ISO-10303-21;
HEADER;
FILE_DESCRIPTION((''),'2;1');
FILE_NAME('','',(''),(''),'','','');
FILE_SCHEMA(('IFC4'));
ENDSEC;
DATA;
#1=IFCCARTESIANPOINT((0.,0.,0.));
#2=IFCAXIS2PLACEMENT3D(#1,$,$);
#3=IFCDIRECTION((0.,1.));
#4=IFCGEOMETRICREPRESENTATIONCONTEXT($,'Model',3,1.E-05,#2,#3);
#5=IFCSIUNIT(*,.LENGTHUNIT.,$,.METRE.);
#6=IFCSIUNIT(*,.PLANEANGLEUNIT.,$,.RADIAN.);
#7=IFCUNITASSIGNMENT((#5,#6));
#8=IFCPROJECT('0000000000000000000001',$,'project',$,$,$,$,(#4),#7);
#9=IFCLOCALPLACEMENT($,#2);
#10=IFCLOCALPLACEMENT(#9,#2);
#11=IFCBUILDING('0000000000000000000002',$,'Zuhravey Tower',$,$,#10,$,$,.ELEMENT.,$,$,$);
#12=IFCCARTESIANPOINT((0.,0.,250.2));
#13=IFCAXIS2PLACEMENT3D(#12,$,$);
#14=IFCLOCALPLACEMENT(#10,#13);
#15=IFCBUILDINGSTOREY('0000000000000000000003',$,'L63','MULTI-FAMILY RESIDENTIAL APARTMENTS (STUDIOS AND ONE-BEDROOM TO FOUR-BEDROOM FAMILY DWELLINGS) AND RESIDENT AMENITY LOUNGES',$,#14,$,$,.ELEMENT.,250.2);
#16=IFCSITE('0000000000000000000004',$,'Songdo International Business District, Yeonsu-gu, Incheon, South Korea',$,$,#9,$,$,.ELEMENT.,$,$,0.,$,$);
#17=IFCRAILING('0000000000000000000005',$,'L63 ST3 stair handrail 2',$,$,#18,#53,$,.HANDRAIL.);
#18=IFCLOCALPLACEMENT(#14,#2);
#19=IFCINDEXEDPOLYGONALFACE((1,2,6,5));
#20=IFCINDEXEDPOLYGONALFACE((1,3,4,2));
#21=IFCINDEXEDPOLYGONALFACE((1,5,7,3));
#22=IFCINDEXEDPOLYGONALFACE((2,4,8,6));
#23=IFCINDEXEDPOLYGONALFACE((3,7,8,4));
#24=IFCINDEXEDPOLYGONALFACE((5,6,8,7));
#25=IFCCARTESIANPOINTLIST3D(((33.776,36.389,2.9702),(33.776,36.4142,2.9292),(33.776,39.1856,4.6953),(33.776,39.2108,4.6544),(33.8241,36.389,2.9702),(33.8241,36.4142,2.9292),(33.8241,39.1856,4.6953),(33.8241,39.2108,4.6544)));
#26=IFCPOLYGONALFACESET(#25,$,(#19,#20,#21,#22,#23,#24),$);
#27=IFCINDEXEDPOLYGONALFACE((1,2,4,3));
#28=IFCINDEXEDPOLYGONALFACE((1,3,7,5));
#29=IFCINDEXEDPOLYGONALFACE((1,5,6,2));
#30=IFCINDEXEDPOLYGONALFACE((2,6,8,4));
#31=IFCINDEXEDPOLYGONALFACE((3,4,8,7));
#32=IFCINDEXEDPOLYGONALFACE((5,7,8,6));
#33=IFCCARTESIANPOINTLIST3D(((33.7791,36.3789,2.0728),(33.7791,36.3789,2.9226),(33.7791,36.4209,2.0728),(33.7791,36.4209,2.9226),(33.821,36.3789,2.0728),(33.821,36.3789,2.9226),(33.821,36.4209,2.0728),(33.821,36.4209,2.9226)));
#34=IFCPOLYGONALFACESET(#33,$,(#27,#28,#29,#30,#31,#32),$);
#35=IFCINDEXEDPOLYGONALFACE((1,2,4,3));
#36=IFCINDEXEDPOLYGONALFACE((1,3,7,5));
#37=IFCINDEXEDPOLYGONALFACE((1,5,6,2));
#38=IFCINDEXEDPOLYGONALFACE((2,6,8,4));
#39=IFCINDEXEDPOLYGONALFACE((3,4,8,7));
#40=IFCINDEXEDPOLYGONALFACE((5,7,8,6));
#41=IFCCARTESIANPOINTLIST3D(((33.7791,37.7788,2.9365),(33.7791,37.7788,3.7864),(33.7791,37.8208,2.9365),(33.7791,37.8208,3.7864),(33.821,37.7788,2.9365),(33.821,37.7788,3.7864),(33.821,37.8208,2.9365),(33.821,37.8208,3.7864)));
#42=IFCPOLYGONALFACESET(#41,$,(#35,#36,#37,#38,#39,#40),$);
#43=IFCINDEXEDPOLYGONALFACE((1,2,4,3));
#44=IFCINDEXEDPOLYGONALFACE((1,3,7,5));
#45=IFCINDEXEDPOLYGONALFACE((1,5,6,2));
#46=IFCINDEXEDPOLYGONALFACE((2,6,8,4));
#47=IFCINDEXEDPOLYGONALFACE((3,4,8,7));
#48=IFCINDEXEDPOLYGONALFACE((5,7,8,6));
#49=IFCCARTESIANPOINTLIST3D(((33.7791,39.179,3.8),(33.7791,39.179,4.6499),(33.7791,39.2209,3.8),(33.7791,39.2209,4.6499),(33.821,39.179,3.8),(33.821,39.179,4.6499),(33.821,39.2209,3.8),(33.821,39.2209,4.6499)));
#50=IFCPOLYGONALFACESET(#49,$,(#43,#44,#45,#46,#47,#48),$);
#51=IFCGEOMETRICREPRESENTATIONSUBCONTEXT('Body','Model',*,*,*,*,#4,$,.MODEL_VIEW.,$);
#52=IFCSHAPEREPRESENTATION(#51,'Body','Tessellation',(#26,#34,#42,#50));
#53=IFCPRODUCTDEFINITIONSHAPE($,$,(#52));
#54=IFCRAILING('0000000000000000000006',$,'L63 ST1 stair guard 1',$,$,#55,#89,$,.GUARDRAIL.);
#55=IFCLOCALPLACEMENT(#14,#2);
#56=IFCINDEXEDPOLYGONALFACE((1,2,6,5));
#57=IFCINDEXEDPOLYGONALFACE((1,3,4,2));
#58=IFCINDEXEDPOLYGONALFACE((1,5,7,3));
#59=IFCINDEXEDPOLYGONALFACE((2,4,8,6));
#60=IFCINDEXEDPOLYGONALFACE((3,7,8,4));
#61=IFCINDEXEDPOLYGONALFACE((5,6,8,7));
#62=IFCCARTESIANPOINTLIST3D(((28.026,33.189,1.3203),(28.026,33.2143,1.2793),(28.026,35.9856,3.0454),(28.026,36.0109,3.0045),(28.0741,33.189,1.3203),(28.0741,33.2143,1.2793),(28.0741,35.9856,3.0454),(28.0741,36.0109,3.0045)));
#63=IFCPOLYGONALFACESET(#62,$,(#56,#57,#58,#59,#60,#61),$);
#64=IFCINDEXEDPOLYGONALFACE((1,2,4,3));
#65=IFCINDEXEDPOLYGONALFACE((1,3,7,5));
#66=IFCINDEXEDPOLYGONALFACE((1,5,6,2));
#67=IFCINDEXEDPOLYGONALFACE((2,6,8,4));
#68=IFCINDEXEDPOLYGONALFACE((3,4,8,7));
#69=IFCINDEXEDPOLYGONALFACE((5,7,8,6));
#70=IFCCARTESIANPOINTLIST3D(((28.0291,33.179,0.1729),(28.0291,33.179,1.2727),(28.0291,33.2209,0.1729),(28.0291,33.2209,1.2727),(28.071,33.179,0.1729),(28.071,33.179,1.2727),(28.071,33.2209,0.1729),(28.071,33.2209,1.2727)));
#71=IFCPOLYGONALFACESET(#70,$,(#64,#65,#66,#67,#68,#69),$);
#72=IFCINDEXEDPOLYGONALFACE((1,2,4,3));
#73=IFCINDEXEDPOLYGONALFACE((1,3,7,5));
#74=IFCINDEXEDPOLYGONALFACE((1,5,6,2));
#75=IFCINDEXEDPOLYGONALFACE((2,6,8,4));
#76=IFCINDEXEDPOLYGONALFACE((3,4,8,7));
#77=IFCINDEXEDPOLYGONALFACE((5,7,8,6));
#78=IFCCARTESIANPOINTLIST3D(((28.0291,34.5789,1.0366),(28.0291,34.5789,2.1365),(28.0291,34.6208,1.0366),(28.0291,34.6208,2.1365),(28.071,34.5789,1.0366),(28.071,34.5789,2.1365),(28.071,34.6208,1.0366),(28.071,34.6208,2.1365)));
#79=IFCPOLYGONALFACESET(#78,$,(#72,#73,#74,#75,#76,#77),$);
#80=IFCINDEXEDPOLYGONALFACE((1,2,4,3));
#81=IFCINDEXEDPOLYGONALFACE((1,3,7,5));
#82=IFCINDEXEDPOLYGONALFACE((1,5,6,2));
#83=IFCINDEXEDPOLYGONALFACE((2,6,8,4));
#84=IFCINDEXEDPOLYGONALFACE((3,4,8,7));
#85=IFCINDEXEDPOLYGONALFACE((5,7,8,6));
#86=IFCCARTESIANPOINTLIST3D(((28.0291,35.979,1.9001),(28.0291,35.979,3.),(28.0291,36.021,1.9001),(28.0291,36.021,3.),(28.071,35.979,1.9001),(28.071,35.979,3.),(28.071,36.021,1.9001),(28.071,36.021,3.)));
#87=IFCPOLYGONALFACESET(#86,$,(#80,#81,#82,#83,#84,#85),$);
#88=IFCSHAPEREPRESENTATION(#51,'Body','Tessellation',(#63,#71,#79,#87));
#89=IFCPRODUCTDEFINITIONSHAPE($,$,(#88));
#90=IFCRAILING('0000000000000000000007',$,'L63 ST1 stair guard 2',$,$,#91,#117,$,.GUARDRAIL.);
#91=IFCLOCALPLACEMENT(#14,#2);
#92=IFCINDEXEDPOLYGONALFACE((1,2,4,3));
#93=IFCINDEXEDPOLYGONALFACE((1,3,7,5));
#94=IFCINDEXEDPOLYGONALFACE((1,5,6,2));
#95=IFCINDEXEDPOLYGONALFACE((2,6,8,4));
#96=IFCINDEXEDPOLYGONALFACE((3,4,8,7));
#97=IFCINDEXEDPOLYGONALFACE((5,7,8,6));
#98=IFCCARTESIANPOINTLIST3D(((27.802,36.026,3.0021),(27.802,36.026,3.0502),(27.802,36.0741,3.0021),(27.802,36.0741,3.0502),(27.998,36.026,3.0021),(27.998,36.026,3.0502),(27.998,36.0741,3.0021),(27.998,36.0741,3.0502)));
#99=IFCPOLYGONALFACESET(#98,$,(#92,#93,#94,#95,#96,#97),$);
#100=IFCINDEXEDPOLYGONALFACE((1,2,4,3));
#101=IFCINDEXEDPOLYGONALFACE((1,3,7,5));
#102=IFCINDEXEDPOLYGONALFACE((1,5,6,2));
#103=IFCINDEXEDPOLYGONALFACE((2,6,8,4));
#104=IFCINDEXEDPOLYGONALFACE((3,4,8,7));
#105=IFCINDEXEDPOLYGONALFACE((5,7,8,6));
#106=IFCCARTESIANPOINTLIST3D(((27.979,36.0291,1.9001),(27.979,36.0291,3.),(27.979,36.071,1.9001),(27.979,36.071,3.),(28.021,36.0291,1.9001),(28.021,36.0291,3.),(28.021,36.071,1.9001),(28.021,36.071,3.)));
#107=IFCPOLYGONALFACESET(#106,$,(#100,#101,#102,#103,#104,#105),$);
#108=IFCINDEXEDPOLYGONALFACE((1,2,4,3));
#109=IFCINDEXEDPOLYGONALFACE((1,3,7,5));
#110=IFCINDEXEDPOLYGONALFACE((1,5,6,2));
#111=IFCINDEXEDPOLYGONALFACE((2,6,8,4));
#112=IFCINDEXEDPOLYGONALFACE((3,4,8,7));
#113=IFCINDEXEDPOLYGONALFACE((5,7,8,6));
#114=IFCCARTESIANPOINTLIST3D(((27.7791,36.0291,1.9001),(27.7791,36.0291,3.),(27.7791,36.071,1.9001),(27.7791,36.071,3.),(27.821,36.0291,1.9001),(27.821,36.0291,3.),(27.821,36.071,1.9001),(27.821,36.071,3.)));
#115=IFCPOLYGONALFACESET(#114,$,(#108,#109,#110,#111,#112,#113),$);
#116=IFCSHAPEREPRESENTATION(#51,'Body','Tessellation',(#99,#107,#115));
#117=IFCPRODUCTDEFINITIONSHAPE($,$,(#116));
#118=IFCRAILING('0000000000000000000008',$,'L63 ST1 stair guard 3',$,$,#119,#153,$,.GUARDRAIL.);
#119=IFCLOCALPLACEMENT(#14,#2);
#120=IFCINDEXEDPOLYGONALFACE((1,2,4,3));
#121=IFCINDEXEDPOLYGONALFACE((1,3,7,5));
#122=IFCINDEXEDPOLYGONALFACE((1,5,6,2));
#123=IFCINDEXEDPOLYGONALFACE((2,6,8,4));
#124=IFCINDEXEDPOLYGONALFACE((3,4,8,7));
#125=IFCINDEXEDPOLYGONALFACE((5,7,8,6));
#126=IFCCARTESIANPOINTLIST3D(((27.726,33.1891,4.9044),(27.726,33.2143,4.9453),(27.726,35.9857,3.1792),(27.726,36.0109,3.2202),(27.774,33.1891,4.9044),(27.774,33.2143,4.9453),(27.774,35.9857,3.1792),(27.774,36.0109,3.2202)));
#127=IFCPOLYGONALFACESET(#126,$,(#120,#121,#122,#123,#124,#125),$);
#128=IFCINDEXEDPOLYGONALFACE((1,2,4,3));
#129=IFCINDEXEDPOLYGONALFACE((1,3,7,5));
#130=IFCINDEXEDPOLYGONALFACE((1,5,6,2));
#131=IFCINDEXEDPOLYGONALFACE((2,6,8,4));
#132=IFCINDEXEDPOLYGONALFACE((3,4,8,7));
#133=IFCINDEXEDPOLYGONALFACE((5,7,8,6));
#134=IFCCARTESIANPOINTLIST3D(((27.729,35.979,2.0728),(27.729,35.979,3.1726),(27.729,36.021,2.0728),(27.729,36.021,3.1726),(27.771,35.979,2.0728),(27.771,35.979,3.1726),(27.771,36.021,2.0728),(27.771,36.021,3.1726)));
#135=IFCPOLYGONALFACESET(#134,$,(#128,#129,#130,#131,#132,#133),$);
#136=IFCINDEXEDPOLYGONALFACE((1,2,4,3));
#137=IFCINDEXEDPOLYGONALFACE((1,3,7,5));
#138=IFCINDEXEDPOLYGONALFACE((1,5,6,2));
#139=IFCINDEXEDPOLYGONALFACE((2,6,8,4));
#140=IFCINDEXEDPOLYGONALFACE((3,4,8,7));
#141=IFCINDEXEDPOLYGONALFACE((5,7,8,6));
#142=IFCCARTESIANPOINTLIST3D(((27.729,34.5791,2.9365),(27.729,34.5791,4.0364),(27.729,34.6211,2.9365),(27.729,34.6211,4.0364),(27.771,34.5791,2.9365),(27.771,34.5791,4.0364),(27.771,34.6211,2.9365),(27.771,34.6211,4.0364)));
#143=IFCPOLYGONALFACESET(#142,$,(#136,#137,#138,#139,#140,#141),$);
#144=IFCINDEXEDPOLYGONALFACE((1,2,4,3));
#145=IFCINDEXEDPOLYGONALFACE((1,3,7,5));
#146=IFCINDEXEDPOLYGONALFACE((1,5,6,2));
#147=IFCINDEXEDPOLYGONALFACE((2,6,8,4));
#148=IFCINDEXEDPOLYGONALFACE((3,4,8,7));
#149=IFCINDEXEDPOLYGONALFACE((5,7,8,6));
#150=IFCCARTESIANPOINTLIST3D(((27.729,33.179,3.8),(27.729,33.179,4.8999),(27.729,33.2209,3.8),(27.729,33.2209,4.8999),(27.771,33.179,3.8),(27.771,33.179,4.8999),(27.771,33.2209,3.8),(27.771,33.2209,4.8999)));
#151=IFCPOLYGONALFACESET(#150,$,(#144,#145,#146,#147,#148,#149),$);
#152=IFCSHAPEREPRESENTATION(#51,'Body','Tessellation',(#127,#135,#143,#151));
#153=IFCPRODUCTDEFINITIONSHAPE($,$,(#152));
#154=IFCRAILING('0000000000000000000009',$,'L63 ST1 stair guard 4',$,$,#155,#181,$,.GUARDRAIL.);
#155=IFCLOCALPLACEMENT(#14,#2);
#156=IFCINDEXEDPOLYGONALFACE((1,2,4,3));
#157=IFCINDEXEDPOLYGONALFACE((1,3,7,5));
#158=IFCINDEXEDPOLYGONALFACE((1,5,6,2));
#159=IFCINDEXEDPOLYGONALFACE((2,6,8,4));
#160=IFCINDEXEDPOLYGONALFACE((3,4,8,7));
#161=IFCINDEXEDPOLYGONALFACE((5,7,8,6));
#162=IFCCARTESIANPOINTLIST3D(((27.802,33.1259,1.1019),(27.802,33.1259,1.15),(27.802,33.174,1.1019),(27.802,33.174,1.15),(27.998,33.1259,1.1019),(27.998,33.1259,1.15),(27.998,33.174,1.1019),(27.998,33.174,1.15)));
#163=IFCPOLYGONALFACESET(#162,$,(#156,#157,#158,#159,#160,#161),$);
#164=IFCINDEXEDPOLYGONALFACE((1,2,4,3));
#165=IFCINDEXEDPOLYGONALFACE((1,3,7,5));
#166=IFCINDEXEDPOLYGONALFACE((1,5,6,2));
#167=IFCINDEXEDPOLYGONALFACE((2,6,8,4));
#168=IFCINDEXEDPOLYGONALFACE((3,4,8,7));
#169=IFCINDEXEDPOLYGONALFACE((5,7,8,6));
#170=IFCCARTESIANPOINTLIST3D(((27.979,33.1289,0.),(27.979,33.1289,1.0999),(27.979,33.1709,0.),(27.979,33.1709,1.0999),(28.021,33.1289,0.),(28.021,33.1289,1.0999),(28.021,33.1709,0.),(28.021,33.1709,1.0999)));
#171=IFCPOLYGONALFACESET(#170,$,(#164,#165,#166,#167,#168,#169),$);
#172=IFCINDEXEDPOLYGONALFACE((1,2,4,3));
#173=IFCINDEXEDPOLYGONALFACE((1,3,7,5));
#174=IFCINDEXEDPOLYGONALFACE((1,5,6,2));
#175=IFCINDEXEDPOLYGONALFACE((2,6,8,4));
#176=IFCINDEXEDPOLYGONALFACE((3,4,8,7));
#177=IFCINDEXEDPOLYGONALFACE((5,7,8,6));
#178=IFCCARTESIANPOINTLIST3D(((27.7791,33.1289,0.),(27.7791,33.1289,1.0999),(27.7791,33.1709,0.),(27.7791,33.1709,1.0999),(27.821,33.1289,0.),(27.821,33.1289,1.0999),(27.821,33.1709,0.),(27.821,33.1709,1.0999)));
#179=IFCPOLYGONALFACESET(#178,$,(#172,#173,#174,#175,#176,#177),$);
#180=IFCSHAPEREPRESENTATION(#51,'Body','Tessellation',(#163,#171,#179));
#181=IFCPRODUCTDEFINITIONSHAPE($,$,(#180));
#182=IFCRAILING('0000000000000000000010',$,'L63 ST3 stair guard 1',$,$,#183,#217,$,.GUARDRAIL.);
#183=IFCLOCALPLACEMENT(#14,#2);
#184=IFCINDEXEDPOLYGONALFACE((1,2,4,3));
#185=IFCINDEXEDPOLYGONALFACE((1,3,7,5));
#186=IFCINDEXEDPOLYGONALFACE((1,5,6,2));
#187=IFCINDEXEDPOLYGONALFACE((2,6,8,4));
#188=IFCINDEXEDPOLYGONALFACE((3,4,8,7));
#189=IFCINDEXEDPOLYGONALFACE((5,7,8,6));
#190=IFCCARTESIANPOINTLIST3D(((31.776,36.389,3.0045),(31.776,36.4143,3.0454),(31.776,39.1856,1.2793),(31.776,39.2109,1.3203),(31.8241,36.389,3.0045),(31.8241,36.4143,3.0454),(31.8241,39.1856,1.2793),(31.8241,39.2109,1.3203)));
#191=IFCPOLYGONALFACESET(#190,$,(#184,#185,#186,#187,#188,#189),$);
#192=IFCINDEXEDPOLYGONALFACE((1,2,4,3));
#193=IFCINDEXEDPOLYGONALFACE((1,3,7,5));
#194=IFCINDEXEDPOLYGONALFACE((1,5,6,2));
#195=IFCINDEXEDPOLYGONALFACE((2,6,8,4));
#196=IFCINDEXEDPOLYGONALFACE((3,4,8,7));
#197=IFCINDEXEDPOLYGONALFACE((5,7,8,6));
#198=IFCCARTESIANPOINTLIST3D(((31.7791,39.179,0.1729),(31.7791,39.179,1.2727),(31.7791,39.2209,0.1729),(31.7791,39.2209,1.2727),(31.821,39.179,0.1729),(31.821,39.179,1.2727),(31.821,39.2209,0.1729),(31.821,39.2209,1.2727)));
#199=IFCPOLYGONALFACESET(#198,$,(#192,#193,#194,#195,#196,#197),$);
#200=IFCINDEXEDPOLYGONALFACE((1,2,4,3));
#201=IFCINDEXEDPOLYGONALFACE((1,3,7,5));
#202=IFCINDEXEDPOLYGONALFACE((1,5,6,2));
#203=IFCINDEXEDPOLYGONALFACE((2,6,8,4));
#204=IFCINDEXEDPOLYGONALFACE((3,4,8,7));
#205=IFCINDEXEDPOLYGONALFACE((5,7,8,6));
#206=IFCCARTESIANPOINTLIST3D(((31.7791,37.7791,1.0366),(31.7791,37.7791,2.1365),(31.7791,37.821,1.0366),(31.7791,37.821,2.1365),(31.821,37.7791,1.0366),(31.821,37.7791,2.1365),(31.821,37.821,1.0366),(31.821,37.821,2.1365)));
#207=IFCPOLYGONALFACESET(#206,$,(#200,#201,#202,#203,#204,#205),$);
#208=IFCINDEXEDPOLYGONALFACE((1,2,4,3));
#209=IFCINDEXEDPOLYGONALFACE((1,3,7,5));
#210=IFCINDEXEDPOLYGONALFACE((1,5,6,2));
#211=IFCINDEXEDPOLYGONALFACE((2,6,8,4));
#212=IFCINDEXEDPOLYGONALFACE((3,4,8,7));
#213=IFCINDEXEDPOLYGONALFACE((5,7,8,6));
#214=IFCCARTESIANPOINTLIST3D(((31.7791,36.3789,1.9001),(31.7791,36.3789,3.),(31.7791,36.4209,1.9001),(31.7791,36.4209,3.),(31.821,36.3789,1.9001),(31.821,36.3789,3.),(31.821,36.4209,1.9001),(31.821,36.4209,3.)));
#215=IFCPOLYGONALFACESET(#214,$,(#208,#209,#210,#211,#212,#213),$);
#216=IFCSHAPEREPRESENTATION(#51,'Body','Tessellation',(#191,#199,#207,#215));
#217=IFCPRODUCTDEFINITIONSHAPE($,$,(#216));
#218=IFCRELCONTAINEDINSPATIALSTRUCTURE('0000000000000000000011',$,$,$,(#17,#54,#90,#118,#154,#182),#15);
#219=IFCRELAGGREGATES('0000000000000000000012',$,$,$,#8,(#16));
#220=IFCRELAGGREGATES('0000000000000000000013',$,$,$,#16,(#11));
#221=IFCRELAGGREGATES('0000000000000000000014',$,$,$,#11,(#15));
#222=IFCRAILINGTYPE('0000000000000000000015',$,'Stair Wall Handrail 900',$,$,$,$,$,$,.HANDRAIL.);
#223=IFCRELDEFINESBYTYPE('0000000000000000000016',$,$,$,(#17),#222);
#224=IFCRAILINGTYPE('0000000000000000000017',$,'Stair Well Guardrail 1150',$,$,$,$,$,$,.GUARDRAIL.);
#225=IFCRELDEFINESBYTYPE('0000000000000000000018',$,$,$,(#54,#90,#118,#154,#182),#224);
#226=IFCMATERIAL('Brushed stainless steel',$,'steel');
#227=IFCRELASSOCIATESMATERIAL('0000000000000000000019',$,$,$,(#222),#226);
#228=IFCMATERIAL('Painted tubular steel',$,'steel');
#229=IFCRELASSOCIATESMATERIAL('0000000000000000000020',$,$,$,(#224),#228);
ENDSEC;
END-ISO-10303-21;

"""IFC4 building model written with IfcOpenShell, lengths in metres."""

from ifc_helpers import new_model, si_unit, direction, frame, origin, origin_2d, place, context, subcontext, project, spatial, rectangle, extrude, material, type_object, element, save


model = new_model("IFC4")

# Units and contexts
model_context = context("Model", 3, precision=1e-05, world=origin(), true_north=direction((0.0, 1.0)))
body_context = subcontext(model_context, "Body", "Model", "MODEL_VIEW")
ifc_project = project(units=[si_unit("LENGTHUNIT", "METRE"), si_unit("PLANEANGLEUNIT", "RADIAN")], contexts=[model_context])

# Site, building, storey
site_placement = place(None, origin())
site = spatial("IfcSite", under=ifc_project, at=site_placement, Name="Songdo International Business District, Yeonsu-gu, Incheon, South Korea", CompositionType="ELEMENT", RefElevation=0.0)
building_placement = place(site_placement, origin())
building = spatial("IfcBuilding", under=site, at=building_placement, Name="Zuhravey Tower", CompositionType="ELEMENT")
storey_placement = place(building_placement, frame((0.0, 0.0, 250.2)))
storey = spatial("IfcBuildingStorey", under=building, at=storey_placement, Name="L63", Description="MULTI-FAMILY RESIDENTIAL APARTMENTS (STUDIOS AND ONE-BEDROOM TO FOUR-BEDROOM FAMILY DWELLINGS) AND RESIDENT AMENITY LOUNGES", CompositionType="ELEMENT", Elevation=250.2)

# Railings
ifc_material_1 = material(Name="Brushed stainless steel", Category="steel")
railing_type_1 = type_object("IfcRailingType", Name="Stair Wall Handrail 900", PredefinedType="HANDRAIL", material=ifc_material_1)
railing_1_placement = place(storey_placement, frame((33.8, 36.3999, 2.0728)))
element("IfcRailing", 1, at=railing_1_placement, inside=storey, type_object=railing_type_1, Name="L63 ST3 stair handrail 2", PredefinedType="HANDRAIL", context=body_context, shape_type="SweptSolid", body=[
    extrude(rectangle(XDim=0.0481, YDim=0.0481, at=origin_2d()), frame((0.0, 0.0017, 0.877), z_axis=(0.0, 0.85109, 0.52502), x_axis=(-1.0, 0.0, 0.0)), (0.0, 0.0, 1.0), 3.2859),
    extrude(rectangle(XDim=0.042, YDim=0.042, at=origin_2d()), origin(), (0.0, 0.0, 1.0), 0.8499),
    extrude(rectangle(XDim=0.042, YDim=0.042, at=origin_2d()), frame((0.0, 1.3999, 0.8638)), (0.0, 0.0, 1.0), 0.8499),
    extrude(rectangle(XDim=0.042, YDim=0.042, at=origin_2d()), frame((0.0, 2.8, 1.7273)), (0.0, 0.0, 1.0), 0.8499),
])
ifc_material_2 = material(Name="Painted tubular steel", Category="steel")
railing_type_2 = type_object("IfcRailingType", Name="Stair Well Guardrail 1150", PredefinedType="GUARDRAIL", material=ifc_material_2)
railing_2_placement = place(storey_placement, frame((28.05, 33.2, 0.1729)))
element("IfcRailing", 2, at=railing_2_placement, inside=storey, type_object=railing_type_2, Name="L63 ST1 stair guard 1", PredefinedType="GUARDRAIL", context=body_context, shape_type="SweptSolid", body=[
    extrude(rectangle(XDim=0.0481, YDim=0.0481, at=origin_2d()), frame((0.0, 0.0017, 1.127), z_axis=(0.0, 0.85109, 0.52502), x_axis=(-1.0, 0.0, 0.0)), (0.0, 0.0, 1.0), 3.2859),
    extrude(rectangle(XDim=0.042, YDim=0.042, at=origin_2d()), origin(), (0.0, 0.0, 1.0), 1.0999),
    extrude(rectangle(XDim=0.042, YDim=0.042, at=origin_2d()), frame((0.0, 1.3999, 0.8638)), (0.0, 0.0, 1.0), 1.0999),
    extrude(rectangle(XDim=0.042, YDim=0.042, at=origin_2d()), frame((0.0, 2.8, 1.7273)), (0.0, 0.0, 1.0), 1.0999),
])
railing_3_placement = place(storey_placement, frame((28.0, 36.05, 1.9001)))
element("IfcRailing", 3, at=railing_3_placement, inside=storey, type_object=railing_type_2, Name="L63 ST1 stair guard 2", PredefinedType="GUARDRAIL", context=body_context, shape_type="SweptSolid", body=[
    extrude(rectangle(XDim=0.0481, YDim=0.0481, at=origin_2d()), frame((-0.002, 0.0, 1.126), z_axis=(-1.0, 0.0, 0.0), x_axis=(0.0, -1.0, 0.0)), (0.0, 0.0, 1.0), 0.196),
    extrude(rectangle(XDim=0.042, YDim=0.042, at=origin_2d()), origin(), (0.0, 0.0, 1.0), 1.0999),
    extrude(rectangle(XDim=0.042, YDim=0.042, at=origin_2d()), frame((-0.2, 0.0, 0.0)), (0.0, 0.0, 1.0), 1.0999),
])
railing_4_placement = place(storey_placement, frame((27.75, 36.0, 2.0728)))
element("IfcRailing", 4, at=railing_4_placement, inside=storey, type_object=railing_type_2, Name="L63 ST1 stair guard 3", PredefinedType="GUARDRAIL", context=body_context, shape_type="SweptSolid", body=[
    extrude(rectangle(XDim=0.0481, YDim=0.0481, at=origin_2d()), frame((0.0, -0.0017, 1.127), z_axis=(0.0, -0.85109, 0.52502), x_axis=(1.0, 0.0, 0.0)), (0.0, 0.0, 1.0), 3.2859),
    extrude(rectangle(XDim=0.042, YDim=0.042, at=origin_2d()), origin(), (0.0, 0.0, 1.0), 1.0999),
    extrude(rectangle(XDim=0.042, YDim=0.042, at=origin_2d()), frame((0.0, -1.3999, 0.8638)), (0.0, 0.0, 1.0), 1.0999),
    extrude(rectangle(XDim=0.042, YDim=0.042, at=origin_2d()), frame((0.0, -2.8, 1.7273)), (0.0, 0.0, 1.0), 1.0999),
])
railing_5_placement = place(storey_placement, frame((28.0, 33.1499, 0.0)))
element("IfcRailing", 5, at=railing_5_placement, inside=storey, type_object=railing_type_2, Name="L63 ST1 stair guard 4", PredefinedType="GUARDRAIL", context=body_context, shape_type="SweptSolid", body=[
    extrude(rectangle(XDim=0.0481, YDim=0.0481, at=origin_2d()), frame((-0.002, 0.0, 1.126), z_axis=(-1.0, 0.0, 0.0), x_axis=(0.0, -1.0, 0.0)), (0.0, 0.0, 1.0), 0.196),
    extrude(rectangle(XDim=0.042, YDim=0.042, at=origin_2d()), origin(), (0.0, 0.0, 1.0), 1.0999),
    extrude(rectangle(XDim=0.042, YDim=0.042, at=origin_2d()), frame((-0.2, 0.0, 0.0)), (0.0, 0.0, 1.0), 1.0999),
])
railing_6_placement = place(storey_placement, frame((31.8, 39.2, 0.1729)))
element("IfcRailing", 6, at=railing_6_placement, inside=storey, type_object=railing_type_2, Name="L63 ST3 stair guard 1", PredefinedType="GUARDRAIL", context=body_context, shape_type="SweptSolid", body=[
    extrude(rectangle(XDim=0.0481, YDim=0.0481, at=origin_2d()), frame((0.0, -0.0017, 1.127), z_axis=(0.0, -0.85109, 0.52502), x_axis=(1.0, 0.0, 0.0)), (0.0, 0.0, 1.0), 3.2859),
    extrude(rectangle(XDim=0.042, YDim=0.042, at=origin_2d()), origin(), (0.0, 0.0, 1.0), 1.0999),
    extrude(rectangle(XDim=0.042, YDim=0.042, at=origin_2d()), frame((0.0, -1.3999, 0.8638)), (0.0, 0.0, 1.0), 1.0999),
    extrude(rectangle(XDim=0.042, YDim=0.042, at=origin_2d()), frame((0.0, -2.8, 1.7273)), (0.0, 0.0, 1.0), 1.0999),
])

save(model, "model.ifc")
